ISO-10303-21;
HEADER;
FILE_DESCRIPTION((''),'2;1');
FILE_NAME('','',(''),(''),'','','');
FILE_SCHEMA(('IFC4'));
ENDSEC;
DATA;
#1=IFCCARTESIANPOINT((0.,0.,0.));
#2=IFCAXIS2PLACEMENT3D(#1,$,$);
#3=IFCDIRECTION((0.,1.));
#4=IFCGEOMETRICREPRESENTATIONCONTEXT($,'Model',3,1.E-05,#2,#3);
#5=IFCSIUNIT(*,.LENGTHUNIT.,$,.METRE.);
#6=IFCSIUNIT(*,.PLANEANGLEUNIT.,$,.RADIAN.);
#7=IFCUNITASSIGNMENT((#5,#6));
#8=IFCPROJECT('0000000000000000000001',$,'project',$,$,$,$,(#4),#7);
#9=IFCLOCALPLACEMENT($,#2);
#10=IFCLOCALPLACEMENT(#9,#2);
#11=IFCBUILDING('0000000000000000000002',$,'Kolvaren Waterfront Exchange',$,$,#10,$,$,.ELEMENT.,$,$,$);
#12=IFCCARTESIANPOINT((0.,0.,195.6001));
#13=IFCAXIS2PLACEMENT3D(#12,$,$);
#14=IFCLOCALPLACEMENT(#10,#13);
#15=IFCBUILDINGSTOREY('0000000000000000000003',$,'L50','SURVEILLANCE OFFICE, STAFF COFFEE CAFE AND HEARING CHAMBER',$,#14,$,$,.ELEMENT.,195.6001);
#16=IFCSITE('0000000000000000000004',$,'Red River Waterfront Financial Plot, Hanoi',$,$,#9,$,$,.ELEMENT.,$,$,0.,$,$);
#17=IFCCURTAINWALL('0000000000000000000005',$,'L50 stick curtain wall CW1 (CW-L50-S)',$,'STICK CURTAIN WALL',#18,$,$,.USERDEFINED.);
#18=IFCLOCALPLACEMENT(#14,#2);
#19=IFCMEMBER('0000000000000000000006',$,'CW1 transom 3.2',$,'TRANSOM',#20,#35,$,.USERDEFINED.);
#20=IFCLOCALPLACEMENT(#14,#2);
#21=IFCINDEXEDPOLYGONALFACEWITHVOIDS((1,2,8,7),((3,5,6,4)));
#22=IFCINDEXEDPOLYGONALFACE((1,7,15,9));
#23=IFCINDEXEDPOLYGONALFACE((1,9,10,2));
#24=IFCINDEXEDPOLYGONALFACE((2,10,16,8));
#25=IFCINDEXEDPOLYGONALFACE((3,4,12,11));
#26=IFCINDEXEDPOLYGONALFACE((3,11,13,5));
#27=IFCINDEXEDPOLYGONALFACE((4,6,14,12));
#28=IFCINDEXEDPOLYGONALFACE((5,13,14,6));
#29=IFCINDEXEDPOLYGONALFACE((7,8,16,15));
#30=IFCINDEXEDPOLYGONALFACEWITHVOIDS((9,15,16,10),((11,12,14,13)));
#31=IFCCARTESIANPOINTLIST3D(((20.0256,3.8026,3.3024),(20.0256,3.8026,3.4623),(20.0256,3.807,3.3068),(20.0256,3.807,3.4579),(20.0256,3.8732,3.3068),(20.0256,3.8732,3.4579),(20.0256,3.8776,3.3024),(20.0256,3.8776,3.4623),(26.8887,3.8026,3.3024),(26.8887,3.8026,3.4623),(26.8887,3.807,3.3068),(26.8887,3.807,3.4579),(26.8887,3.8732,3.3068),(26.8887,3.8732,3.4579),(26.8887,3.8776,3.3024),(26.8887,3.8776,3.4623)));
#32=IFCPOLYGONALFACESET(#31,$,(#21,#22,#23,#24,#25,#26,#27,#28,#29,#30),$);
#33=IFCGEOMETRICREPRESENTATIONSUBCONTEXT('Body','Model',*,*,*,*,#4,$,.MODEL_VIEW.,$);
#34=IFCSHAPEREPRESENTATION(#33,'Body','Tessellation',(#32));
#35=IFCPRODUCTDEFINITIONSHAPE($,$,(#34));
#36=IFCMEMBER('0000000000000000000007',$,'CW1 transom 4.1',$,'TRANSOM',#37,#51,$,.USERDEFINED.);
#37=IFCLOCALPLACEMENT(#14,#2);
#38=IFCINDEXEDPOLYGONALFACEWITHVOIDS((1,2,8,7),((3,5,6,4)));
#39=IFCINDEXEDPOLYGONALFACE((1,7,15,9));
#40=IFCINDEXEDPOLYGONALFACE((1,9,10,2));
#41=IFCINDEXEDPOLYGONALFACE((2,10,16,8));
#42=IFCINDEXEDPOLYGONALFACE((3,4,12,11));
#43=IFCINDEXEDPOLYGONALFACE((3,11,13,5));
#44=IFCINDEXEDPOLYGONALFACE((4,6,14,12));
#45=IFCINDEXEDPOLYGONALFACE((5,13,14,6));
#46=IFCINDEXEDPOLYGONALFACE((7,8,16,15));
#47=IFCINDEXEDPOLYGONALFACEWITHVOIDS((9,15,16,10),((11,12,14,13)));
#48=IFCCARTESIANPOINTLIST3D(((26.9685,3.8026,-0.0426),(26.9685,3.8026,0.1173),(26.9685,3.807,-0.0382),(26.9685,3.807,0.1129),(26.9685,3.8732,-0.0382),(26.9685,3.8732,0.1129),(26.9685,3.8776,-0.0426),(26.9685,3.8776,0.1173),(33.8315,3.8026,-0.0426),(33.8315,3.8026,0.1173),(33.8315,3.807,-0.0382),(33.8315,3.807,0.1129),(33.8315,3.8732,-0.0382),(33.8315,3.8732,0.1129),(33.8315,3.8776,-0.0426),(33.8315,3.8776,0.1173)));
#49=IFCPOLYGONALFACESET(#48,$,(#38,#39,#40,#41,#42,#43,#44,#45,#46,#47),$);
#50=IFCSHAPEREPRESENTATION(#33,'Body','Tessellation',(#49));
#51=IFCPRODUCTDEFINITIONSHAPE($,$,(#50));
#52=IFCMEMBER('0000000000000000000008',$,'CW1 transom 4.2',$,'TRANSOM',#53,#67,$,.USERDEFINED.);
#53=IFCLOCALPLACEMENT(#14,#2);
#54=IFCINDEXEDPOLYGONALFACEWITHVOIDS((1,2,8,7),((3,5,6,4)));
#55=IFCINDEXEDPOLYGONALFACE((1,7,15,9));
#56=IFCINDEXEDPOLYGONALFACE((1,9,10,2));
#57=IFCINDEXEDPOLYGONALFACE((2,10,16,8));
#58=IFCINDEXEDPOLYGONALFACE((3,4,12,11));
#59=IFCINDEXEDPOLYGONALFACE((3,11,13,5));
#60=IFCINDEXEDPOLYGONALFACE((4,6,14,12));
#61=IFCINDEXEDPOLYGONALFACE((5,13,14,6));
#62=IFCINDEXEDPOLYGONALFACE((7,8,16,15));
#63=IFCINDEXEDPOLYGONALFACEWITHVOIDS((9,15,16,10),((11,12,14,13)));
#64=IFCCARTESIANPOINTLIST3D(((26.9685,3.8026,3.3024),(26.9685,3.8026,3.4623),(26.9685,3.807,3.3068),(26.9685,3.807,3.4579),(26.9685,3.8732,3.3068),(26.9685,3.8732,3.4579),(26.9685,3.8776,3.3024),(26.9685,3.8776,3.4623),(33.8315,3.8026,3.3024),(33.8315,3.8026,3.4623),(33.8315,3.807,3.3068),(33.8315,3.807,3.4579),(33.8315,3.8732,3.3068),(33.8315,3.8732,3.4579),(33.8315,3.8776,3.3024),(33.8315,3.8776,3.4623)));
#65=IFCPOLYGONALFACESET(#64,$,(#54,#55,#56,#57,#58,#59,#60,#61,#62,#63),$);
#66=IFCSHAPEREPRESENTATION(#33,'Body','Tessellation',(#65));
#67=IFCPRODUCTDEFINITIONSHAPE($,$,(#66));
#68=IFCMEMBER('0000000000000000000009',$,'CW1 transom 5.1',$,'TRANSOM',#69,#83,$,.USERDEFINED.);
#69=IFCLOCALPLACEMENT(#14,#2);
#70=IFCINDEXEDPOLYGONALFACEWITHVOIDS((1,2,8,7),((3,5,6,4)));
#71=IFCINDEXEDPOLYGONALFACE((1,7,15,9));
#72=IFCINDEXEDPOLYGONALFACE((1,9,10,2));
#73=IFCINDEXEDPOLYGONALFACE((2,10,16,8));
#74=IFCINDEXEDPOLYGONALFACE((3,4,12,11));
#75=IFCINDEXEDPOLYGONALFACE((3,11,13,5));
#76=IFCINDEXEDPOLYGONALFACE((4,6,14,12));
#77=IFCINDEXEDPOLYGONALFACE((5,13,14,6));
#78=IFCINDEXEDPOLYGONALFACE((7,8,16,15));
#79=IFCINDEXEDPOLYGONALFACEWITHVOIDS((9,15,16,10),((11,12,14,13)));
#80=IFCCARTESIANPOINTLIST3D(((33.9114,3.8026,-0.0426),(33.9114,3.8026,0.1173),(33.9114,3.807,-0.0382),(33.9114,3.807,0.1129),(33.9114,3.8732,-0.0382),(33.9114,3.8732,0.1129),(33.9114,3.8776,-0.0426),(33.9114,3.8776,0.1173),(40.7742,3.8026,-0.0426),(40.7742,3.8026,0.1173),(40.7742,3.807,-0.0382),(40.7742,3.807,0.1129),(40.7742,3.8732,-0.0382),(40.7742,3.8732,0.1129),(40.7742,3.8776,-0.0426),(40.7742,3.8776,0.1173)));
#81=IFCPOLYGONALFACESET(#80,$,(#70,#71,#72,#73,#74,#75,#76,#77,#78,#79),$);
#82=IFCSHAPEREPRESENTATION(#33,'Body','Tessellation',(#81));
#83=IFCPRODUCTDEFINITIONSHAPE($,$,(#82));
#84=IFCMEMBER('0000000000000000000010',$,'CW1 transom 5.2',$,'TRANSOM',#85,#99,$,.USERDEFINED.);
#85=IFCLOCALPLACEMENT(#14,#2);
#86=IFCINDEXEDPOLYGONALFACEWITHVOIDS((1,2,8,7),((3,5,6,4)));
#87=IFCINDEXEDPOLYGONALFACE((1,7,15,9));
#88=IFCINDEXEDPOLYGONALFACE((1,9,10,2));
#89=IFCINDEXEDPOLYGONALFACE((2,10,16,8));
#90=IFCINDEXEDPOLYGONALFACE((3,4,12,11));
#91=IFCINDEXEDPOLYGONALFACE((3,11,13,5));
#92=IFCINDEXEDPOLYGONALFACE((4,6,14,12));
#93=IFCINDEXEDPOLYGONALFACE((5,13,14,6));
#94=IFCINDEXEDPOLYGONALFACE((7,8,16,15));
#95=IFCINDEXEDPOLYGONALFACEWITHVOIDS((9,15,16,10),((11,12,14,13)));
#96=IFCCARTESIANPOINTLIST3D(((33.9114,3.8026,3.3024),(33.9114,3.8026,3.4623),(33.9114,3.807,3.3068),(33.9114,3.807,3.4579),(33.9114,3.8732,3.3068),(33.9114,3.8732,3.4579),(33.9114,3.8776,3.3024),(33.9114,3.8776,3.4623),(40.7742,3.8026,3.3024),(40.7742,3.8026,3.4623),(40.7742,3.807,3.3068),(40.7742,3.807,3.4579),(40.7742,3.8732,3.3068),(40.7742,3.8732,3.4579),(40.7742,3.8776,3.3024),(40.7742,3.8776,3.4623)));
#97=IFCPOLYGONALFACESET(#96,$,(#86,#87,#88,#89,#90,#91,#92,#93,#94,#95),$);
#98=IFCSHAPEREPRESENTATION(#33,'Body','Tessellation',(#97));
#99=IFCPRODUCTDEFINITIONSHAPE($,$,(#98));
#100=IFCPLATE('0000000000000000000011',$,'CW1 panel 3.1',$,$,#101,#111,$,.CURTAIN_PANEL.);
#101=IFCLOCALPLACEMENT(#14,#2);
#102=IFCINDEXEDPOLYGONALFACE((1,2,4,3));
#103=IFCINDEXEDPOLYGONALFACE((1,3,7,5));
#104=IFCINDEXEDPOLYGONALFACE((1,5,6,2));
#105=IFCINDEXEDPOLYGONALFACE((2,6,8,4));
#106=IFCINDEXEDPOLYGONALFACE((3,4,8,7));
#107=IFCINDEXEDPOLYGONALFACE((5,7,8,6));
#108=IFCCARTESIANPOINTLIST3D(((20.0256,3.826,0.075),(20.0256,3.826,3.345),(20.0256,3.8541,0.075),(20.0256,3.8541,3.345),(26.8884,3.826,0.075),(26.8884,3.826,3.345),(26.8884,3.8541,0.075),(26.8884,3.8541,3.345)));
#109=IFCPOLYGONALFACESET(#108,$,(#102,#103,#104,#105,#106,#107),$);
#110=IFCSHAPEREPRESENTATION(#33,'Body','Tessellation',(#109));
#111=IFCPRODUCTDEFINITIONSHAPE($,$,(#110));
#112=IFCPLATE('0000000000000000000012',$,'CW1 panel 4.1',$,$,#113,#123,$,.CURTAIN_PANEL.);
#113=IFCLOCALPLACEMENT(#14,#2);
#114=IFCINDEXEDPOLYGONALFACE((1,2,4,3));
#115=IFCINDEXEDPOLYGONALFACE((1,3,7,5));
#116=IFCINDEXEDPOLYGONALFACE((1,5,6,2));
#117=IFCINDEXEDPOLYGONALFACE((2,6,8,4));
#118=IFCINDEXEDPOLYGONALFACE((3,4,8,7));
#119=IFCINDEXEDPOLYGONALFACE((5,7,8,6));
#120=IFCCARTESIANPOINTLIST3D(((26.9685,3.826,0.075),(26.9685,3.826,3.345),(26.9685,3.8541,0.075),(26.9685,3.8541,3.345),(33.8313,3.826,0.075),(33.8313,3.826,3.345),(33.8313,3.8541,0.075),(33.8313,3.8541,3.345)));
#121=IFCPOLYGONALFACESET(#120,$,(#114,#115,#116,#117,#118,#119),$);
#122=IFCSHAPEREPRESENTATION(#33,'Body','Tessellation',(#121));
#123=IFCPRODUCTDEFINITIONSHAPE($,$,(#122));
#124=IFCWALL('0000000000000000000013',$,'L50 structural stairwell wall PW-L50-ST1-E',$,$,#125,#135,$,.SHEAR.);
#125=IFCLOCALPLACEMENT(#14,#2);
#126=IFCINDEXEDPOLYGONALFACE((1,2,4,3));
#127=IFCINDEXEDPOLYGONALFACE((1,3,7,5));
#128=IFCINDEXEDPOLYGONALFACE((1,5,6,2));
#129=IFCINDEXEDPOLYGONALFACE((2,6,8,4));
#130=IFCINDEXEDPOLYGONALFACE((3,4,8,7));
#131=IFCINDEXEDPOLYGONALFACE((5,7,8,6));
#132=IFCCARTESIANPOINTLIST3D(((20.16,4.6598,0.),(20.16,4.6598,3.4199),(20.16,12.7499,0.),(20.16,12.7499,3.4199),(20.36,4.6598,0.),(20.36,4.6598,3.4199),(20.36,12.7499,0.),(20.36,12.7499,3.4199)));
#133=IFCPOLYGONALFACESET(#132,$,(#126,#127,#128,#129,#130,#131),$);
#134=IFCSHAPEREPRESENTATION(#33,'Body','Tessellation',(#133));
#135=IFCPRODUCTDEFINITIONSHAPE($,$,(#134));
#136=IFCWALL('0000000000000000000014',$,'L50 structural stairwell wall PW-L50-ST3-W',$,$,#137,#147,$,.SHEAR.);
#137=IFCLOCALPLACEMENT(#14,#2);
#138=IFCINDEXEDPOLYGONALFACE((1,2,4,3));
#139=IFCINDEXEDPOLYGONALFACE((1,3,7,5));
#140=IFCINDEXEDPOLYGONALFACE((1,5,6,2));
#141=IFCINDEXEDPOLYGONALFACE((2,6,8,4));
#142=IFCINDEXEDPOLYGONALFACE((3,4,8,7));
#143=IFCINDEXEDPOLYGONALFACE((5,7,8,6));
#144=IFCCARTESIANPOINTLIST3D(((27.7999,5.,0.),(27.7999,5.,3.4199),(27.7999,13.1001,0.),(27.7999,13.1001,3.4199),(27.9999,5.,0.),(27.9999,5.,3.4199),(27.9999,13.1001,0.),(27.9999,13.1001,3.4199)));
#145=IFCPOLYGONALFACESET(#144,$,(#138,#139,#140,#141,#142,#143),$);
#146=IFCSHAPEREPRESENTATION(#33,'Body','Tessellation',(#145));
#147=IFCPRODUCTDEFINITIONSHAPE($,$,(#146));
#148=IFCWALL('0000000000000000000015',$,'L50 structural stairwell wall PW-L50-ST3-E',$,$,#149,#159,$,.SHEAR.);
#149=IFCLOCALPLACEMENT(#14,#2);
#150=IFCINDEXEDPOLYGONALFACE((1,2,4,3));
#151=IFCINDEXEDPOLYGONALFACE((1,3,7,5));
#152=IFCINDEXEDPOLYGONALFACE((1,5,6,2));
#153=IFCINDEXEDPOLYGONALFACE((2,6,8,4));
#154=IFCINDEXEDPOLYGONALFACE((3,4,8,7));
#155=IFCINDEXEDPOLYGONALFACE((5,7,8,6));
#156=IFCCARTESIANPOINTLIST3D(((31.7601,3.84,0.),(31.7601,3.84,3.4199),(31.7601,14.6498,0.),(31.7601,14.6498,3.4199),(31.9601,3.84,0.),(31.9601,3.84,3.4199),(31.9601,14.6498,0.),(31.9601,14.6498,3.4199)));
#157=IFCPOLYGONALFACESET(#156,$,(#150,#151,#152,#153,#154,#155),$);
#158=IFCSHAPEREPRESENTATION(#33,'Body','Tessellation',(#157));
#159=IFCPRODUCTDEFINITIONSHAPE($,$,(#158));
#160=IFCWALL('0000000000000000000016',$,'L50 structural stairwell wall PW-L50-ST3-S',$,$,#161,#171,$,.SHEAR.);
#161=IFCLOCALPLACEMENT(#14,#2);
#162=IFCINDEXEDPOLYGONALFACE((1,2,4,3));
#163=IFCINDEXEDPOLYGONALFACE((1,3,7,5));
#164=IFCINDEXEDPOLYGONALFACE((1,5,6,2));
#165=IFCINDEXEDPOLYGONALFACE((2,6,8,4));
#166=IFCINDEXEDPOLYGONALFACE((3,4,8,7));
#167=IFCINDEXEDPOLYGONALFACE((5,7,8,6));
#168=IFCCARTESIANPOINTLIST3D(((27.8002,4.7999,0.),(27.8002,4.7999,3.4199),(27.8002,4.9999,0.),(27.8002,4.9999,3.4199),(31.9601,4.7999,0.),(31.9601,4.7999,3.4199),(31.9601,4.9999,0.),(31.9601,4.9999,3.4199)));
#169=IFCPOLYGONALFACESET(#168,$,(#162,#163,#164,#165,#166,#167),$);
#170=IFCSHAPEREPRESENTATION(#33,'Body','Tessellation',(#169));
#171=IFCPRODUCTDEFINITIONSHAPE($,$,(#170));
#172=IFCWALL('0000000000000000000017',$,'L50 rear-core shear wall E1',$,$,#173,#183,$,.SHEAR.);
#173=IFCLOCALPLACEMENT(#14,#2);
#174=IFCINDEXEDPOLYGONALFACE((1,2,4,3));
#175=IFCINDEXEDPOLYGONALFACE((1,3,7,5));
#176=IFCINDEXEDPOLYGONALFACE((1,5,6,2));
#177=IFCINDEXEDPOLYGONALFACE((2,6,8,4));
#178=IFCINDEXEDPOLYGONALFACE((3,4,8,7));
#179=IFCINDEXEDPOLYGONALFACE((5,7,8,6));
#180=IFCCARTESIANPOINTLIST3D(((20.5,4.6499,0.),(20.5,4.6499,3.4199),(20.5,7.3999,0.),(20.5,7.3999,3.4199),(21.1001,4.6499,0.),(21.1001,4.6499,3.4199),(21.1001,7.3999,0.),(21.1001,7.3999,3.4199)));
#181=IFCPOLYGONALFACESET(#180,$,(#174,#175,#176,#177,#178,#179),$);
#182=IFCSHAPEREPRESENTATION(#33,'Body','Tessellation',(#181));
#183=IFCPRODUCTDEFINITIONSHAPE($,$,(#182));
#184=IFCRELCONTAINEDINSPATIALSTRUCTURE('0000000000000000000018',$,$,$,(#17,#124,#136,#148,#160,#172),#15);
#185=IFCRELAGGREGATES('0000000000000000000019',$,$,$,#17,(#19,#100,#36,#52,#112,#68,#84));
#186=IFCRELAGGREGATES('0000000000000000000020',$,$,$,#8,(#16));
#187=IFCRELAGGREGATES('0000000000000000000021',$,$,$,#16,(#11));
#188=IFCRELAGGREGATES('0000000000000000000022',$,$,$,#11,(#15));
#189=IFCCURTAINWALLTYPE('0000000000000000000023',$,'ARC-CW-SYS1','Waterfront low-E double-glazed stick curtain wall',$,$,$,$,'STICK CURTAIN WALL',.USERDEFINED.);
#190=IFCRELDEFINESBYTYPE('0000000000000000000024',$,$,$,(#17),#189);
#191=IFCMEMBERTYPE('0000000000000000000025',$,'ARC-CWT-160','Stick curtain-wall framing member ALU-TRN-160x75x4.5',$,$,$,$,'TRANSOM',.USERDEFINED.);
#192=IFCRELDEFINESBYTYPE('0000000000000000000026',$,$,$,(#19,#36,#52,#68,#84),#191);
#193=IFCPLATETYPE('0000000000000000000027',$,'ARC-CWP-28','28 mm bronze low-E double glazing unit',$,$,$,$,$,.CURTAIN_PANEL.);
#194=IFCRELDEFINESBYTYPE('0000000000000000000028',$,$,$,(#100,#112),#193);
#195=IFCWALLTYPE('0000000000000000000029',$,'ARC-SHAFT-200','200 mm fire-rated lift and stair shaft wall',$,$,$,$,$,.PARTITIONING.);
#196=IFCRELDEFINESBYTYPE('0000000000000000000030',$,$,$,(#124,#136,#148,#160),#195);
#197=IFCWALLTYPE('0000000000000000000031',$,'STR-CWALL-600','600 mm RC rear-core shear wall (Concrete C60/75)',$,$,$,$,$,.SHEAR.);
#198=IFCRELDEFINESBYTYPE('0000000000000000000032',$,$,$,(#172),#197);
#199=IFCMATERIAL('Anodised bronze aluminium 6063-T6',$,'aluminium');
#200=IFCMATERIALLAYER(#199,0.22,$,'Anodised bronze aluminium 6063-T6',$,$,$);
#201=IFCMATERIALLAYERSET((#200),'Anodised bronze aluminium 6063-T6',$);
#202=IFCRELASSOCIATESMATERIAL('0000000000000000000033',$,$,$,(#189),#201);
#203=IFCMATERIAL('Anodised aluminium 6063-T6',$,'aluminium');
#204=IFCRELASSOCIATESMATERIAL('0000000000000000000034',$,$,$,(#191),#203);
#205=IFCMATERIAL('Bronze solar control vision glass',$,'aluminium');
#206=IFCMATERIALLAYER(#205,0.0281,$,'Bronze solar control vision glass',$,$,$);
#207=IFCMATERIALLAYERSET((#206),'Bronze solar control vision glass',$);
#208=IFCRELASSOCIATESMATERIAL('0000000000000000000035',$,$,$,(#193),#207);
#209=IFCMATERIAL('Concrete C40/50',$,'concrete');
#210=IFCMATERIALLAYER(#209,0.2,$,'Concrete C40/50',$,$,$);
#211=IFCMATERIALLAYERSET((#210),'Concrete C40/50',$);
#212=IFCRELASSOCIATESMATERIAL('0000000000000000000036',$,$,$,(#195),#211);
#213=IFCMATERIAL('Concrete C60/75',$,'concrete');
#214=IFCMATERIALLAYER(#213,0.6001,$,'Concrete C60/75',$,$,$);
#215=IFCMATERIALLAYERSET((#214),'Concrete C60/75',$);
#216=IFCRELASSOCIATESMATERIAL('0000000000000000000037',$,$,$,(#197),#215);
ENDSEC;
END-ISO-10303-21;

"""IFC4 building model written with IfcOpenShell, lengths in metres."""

from ifc_helpers import new_model, si_unit, direction, frame, frame_2d, origin, origin_with_axes, origin_2d, place, context, subcontext, project, spatial, rectangle, hollow_rectangle, extrude, source, transform, mapped, material, layer, layer_set, material_profile, profile_set, type_object, element, aggregate, save


model = new_model("IFC4")

# Units and contexts
model_context = context("Model", 3, precision=1e-05, world=origin(), true_north=direction((0.0, 1.0)))
body_context = subcontext(model_context, "Body", "Model", "MODEL_VIEW")
ifc_project = project(units=[si_unit("LENGTHUNIT", "METRE"), si_unit("PLANEANGLEUNIT", "RADIAN")], contexts=[model_context])

# Site, building, storey
site_placement = place(None, origin())
site = spatial("IfcSite", under=ifc_project, at=site_placement, Name="Red River Waterfront Financial Plot, Hanoi", CompositionType="ELEMENT", RefElevation=0.0)
building_placement = place(site_placement, origin())
building = spatial("IfcBuilding", under=site, at=building_placement, Name="Kolvaren Waterfront Exchange", CompositionType="ELEMENT")
storey_placement = place(building_placement, frame((0.0, 0.0, 195.6001)))
storey = spatial("IfcBuildingStorey", under=building, at=storey_placement, Name="L50", Description="SURVEILLANCE OFFICE, STAFF COFFEE CAFE AND HEARING CHAMBER", CompositionType="ELEMENT", Elevation=195.6001)

# Shared definitions
ifc_material_1 = material(Name="Concrete C60/75", Category="concrete")

# Curtain wall, members, plates
ifc_material_2 = material(Name="Anodised bronze aluminium 6063-T6", Category="aluminium")
ifc_layer_1 = layer(ifc_material_2, 0.22, Name="Anodised bronze aluminium 6063-T6")
ifc_layer_set_1 = layer_set([ifc_layer_1], Name="Anodised bronze aluminium 6063-T6")
curtain_wall_type = type_object("IfcCurtainWallType", Name="ARC-CW-SYS1", Description="Waterfront low-E double-glazed stick curtain wall", ElementType="STICK CURTAIN WALL", PredefinedType="USERDEFINED", material=ifc_layer_set_1)
curtain_wall_placement = place(storey_placement, origin())
curtain_wall = element("IfcCurtainWall", 1, at=curtain_wall_placement, inside=storey, type_object=curtain_wall_type, Name="L50 stick curtain wall CW1 (CW-L50-S)", ObjectType="STICK CURTAIN WALL", PredefinedType="USERDEFINED")
ifc_material_3 = material(Name="Anodised aluminium 6063-T6", Category="aluminium")
ifc_material_profile_1 = material_profile(ifc_material_3, hollow_rectangle(XDim=0.075, YDim=0.1599, WallThickness=0.0044, at=origin_2d()), Name="ALU-TRN-160x75x4.5")
ifc_profile_set_1 = profile_set([ifc_material_profile_1], Name="Anodised aluminium 6063-T6")
member_type_1 = type_object("IfcMemberType", Name="ARC-CWT-160", Description="Stick curtain-wall framing member ALU-TRN-160x75x4.5", ElementType="TRANSOM", PredefinedType="USERDEFINED", material=ifc_profile_set_1)
shared_shape_1 = source(origin_with_axes(), body_context, "Body", "SweptSolid", [
    extrude(hollow_rectangle(XDim=0.075, YDim=0.1599, WallThickness=0.0044, at=origin_2d()), origin(), (0.0, 0.0, 1.0), 6.863),
])
member_1_placement = place(storey_placement, frame((20.0256, 3.8401, 3.3823), z_axis=(1.0, 0.0, 0.0), x_axis=(0.0, 1.0, 0.0)))
member_1 = element("IfcMember", 2, at=member_1_placement, type_object=member_type_1, Name="CW1 transom 3.2", ObjectType="TRANSOM", PredefinedType="USERDEFINED", context=body_context, shape_type="MappedRepresentation", body=[
    mapped(shared_shape_1, transform((0.0, 0.0, 0.0), x_axis=(1.0, 0.0, 0.0), y_axis=(0.0, 1.0, 0.0), z_axis=(0.0, 0.0, 1.0), scale=1.0)),
])
member_2_placement = place(storey_placement, frame((26.9685, 3.8401, 0.0374), z_axis=(1.0, 0.0, 0.0), x_axis=(0.0, 1.0, 0.0)))
member_2 = element("IfcMember", 3, at=member_2_placement, type_object=member_type_1, Name="CW1 transom 4.1", ObjectType="TRANSOM", PredefinedType="USERDEFINED", context=body_context, shape_type="MappedRepresentation", body=[
    mapped(shared_shape_1, transform((0.0, 0.0, 0.0), x_axis=(1.0, 0.0, 0.0), y_axis=(0.0, 1.0, 0.0), z_axis=(0.0, 0.0, 1.0), scale=1.0)),
])
member_3_placement = place(storey_placement, frame((26.9685, 3.8401, 3.3823), z_axis=(1.0, 0.0, 0.0), x_axis=(0.0, 1.0, 0.0)))
member_3 = element("IfcMember", 4, at=member_3_placement, type_object=member_type_1, Name="CW1 transom 4.2", ObjectType="TRANSOM", PredefinedType="USERDEFINED", context=body_context, shape_type="MappedRepresentation", body=[
    mapped(shared_shape_1, transform((0.0, 0.0, 0.0), x_axis=(1.0, 0.0, 0.0), y_axis=(0.0, 1.0, 0.0), z_axis=(0.0, 0.0, 1.0), scale=1.0)),
])
shared_shape_2 = source(origin_with_axes(), body_context, "Body", "SweptSolid", [
    extrude(hollow_rectangle(XDim=0.075, YDim=0.1599, WallThickness=0.0044, at=origin_2d()), origin(), (0.0, 0.0, 1.0), 6.8628),
])
member_4_placement = place(storey_placement, frame((33.9114, 3.8401, 0.0374), z_axis=(1.0, 0.0, 0.0), x_axis=(0.0, 1.0, 0.0)))
member_4 = element("IfcMember", 5, at=member_4_placement, type_object=member_type_1, Name="CW1 transom 5.1", ObjectType="TRANSOM", PredefinedType="USERDEFINED", context=body_context, shape_type="MappedRepresentation", body=[
    mapped(shared_shape_2, transform((0.0, 0.0, 0.0), x_axis=(1.0, 0.0, 0.0), y_axis=(0.0, 1.0, 0.0), z_axis=(0.0, 0.0, 1.0), scale=1.0)),
])
member_5_placement = place(storey_placement, frame((33.9114, 3.8401, 3.3823), z_axis=(1.0, 0.0, 0.0), x_axis=(0.0, 1.0, 0.0)))
member_5 = element("IfcMember", 6, at=member_5_placement, type_object=member_type_1, Name="CW1 transom 5.2", ObjectType="TRANSOM", PredefinedType="USERDEFINED", context=body_context, shape_type="MappedRepresentation", body=[
    mapped(shared_shape_2, transform((0.0, 0.0, 0.0), x_axis=(1.0, 0.0, 0.0), y_axis=(0.0, 1.0, 0.0), z_axis=(0.0, 0.0, 1.0), scale=1.0)),
])
ifc_material_4 = material(Name="Bronze solar control vision glass", Category="aluminium")
ifc_layer_2 = layer(ifc_material_4, 0.0281, Name="Bronze solar control vision glass")
ifc_layer_set_2 = layer_set([ifc_layer_2], Name="Bronze solar control vision glass")
plate_type = type_object("IfcPlateType", Name="ARC-CWP-28", Description="28 mm bronze low-E double glazing unit", PredefinedType="CURTAIN_PANEL", material=ifc_layer_set_2)
shared_shape_3 = source(origin_with_axes(), body_context, "Body", "SweptSolid", [
    extrude(rectangle(XDim=6.8628, YDim=0.0281, at=origin_2d()), origin(), (0.0, 0.0, 1.0), 3.27),
])
plate_1_placement = place(storey_placement, frame((23.457, 3.8401, 0.075), z_axis=(0.0, 0.0, 1.0), x_axis=(1.0, 0.0, 0.0)))
plate_1 = element("IfcPlate", 7, at=plate_1_placement, type_object=plate_type, Name="CW1 panel 3.1", PredefinedType="CURTAIN_PANEL", context=body_context, shape_type="MappedRepresentation", body=[
    mapped(shared_shape_3, transform((0.0, 0.0, 0.0), x_axis=(1.0, 0.0, 0.0), y_axis=(0.0, 1.0, 0.0), z_axis=(0.0, 0.0, 1.0), scale=1.0)),
])
plate_2_placement = place(storey_placement, frame((30.3999, 3.8401, 0.075), z_axis=(0.0, 0.0, 1.0), x_axis=(1.0, 0.0, 0.0)))
plate_2 = element("IfcPlate", 8, at=plate_2_placement, type_object=plate_type, Name="CW1 panel 4.1", PredefinedType="CURTAIN_PANEL", context=body_context, shape_type="MappedRepresentation", body=[
    mapped(shared_shape_3, transform((0.0, 0.0, 0.0), x_axis=(1.0, 0.0, 0.0), y_axis=(0.0, 1.0, 0.0), z_axis=(0.0, 0.0, 1.0), scale=1.0)),
])
aggregate(curtain_wall, [member_1, plate_1, member_2, member_3, plate_2, member_4, member_5])

# Walls
ifc_material_5 = material(Name="Concrete C40/50", Category="concrete")
ifc_layer_3 = layer(ifc_material_5, 0.2, Name="Concrete C40/50")
ifc_layer_set_3 = layer_set([ifc_layer_3], Name="Concrete C40/50")
wall_type_1 = type_object("IfcWallType", Name="ARC-SHAFT-200", Description="200 mm fire-rated lift and stair shaft wall", PredefinedType="PARTITIONING", material=ifc_layer_set_3)
wall_1_placement = place(storey_placement, frame((20.26, 4.6599, 0.0), z_axis=(0.0, 0.0, 1.0), x_axis=(0.0, 1.0, 0.0)))
element("IfcWall", 9, at=wall_1_placement, inside=storey, type_object=wall_type_1, Name="L50 structural stairwell wall PW-L50-ST1-E", PredefinedType="SHEAR", context=body_context, shape_type="SweptSolid", body=[
    extrude(rectangle(XDim=8.0901, YDim=0.2, at=frame_2d((4.0449, 0.0))), origin(), (0.0, 0.0, 1.0), 3.4199),
])
wall_2_placement = place(storey_placement, frame((27.8999, 5.0, 0.0), z_axis=(0.0, 0.0, 1.0), x_axis=(0.0, 1.0, 0.0)))
element("IfcWall", 10, at=wall_2_placement, inside=storey, type_object=wall_type_1, Name="L50 structural stairwell wall PW-L50-ST3-W", PredefinedType="SHEAR", context=body_context, shape_type="SweptSolid", body=[
    extrude(rectangle(XDim=8.1001, YDim=0.2, at=frame_2d((4.05, 0.0))), origin(), (0.0, 0.0, 1.0), 3.4199),
])
wall_3_placement = place(storey_placement, frame((31.8601, 3.8401, 0.0), z_axis=(0.0, 0.0, 1.0), x_axis=(0.0, 1.0, 0.0)))
element("IfcWall", 11, at=wall_3_placement, inside=storey, type_object=wall_type_1, Name="L50 structural stairwell wall PW-L50-ST3-E", PredefinedType="SHEAR", context=body_context, shape_type="SweptSolid", body=[
    extrude(rectangle(XDim=10.8098, YDim=0.2, at=frame_2d((5.4048, 0.0))), origin(), (0.0, 0.0, 1.0), 3.4199),
])
wall_4_placement = place(storey_placement, frame((27.8, 4.8999, 0.0), z_axis=(0.0, 0.0, 1.0), x_axis=(1.0, 0.0, 0.0)))
element("IfcWall", 12, at=wall_4_placement, inside=storey, type_object=wall_type_1, Name="L50 structural stairwell wall PW-L50-ST3-S", PredefinedType="SHEAR", context=body_context, shape_type="SweptSolid", body=[
    extrude(rectangle(XDim=4.1599, YDim=0.2, at=frame_2d((2.0801, 0.0))), origin(), (0.0, 0.0, 1.0), 3.4199),
])
ifc_layer_4 = layer(ifc_material_1, 0.6001, Name="Concrete C60/75")
ifc_layer_set_4 = layer_set([ifc_layer_4], Name="Concrete C60/75")
wall_type_2 = type_object("IfcWallType", Name="STR-CWALL-600", Description="600 mm RC rear-core shear wall (Concrete C60/75)", PredefinedType="SHEAR", material=ifc_layer_set_4)
wall_5_placement = place(storey_placement, frame((20.8, 4.6499, 0.0), z_axis=(0.0, 0.0, 1.0), x_axis=(0.0, 1.0, 0.0)))
element("IfcWall", 13, at=wall_5_placement, inside=storey, type_object=wall_type_2, Name="L50 rear-core shear wall E1", PredefinedType="SHEAR", context=body_context, shape_type="SweptSolid", body=[
    extrude(rectangle(XDim=2.75, YDim=0.6001, at=frame_2d((1.375, 0.0))), origin(), (0.0, 0.0, 1.0), 3.4199),
])

save(model, "model.ifc")
